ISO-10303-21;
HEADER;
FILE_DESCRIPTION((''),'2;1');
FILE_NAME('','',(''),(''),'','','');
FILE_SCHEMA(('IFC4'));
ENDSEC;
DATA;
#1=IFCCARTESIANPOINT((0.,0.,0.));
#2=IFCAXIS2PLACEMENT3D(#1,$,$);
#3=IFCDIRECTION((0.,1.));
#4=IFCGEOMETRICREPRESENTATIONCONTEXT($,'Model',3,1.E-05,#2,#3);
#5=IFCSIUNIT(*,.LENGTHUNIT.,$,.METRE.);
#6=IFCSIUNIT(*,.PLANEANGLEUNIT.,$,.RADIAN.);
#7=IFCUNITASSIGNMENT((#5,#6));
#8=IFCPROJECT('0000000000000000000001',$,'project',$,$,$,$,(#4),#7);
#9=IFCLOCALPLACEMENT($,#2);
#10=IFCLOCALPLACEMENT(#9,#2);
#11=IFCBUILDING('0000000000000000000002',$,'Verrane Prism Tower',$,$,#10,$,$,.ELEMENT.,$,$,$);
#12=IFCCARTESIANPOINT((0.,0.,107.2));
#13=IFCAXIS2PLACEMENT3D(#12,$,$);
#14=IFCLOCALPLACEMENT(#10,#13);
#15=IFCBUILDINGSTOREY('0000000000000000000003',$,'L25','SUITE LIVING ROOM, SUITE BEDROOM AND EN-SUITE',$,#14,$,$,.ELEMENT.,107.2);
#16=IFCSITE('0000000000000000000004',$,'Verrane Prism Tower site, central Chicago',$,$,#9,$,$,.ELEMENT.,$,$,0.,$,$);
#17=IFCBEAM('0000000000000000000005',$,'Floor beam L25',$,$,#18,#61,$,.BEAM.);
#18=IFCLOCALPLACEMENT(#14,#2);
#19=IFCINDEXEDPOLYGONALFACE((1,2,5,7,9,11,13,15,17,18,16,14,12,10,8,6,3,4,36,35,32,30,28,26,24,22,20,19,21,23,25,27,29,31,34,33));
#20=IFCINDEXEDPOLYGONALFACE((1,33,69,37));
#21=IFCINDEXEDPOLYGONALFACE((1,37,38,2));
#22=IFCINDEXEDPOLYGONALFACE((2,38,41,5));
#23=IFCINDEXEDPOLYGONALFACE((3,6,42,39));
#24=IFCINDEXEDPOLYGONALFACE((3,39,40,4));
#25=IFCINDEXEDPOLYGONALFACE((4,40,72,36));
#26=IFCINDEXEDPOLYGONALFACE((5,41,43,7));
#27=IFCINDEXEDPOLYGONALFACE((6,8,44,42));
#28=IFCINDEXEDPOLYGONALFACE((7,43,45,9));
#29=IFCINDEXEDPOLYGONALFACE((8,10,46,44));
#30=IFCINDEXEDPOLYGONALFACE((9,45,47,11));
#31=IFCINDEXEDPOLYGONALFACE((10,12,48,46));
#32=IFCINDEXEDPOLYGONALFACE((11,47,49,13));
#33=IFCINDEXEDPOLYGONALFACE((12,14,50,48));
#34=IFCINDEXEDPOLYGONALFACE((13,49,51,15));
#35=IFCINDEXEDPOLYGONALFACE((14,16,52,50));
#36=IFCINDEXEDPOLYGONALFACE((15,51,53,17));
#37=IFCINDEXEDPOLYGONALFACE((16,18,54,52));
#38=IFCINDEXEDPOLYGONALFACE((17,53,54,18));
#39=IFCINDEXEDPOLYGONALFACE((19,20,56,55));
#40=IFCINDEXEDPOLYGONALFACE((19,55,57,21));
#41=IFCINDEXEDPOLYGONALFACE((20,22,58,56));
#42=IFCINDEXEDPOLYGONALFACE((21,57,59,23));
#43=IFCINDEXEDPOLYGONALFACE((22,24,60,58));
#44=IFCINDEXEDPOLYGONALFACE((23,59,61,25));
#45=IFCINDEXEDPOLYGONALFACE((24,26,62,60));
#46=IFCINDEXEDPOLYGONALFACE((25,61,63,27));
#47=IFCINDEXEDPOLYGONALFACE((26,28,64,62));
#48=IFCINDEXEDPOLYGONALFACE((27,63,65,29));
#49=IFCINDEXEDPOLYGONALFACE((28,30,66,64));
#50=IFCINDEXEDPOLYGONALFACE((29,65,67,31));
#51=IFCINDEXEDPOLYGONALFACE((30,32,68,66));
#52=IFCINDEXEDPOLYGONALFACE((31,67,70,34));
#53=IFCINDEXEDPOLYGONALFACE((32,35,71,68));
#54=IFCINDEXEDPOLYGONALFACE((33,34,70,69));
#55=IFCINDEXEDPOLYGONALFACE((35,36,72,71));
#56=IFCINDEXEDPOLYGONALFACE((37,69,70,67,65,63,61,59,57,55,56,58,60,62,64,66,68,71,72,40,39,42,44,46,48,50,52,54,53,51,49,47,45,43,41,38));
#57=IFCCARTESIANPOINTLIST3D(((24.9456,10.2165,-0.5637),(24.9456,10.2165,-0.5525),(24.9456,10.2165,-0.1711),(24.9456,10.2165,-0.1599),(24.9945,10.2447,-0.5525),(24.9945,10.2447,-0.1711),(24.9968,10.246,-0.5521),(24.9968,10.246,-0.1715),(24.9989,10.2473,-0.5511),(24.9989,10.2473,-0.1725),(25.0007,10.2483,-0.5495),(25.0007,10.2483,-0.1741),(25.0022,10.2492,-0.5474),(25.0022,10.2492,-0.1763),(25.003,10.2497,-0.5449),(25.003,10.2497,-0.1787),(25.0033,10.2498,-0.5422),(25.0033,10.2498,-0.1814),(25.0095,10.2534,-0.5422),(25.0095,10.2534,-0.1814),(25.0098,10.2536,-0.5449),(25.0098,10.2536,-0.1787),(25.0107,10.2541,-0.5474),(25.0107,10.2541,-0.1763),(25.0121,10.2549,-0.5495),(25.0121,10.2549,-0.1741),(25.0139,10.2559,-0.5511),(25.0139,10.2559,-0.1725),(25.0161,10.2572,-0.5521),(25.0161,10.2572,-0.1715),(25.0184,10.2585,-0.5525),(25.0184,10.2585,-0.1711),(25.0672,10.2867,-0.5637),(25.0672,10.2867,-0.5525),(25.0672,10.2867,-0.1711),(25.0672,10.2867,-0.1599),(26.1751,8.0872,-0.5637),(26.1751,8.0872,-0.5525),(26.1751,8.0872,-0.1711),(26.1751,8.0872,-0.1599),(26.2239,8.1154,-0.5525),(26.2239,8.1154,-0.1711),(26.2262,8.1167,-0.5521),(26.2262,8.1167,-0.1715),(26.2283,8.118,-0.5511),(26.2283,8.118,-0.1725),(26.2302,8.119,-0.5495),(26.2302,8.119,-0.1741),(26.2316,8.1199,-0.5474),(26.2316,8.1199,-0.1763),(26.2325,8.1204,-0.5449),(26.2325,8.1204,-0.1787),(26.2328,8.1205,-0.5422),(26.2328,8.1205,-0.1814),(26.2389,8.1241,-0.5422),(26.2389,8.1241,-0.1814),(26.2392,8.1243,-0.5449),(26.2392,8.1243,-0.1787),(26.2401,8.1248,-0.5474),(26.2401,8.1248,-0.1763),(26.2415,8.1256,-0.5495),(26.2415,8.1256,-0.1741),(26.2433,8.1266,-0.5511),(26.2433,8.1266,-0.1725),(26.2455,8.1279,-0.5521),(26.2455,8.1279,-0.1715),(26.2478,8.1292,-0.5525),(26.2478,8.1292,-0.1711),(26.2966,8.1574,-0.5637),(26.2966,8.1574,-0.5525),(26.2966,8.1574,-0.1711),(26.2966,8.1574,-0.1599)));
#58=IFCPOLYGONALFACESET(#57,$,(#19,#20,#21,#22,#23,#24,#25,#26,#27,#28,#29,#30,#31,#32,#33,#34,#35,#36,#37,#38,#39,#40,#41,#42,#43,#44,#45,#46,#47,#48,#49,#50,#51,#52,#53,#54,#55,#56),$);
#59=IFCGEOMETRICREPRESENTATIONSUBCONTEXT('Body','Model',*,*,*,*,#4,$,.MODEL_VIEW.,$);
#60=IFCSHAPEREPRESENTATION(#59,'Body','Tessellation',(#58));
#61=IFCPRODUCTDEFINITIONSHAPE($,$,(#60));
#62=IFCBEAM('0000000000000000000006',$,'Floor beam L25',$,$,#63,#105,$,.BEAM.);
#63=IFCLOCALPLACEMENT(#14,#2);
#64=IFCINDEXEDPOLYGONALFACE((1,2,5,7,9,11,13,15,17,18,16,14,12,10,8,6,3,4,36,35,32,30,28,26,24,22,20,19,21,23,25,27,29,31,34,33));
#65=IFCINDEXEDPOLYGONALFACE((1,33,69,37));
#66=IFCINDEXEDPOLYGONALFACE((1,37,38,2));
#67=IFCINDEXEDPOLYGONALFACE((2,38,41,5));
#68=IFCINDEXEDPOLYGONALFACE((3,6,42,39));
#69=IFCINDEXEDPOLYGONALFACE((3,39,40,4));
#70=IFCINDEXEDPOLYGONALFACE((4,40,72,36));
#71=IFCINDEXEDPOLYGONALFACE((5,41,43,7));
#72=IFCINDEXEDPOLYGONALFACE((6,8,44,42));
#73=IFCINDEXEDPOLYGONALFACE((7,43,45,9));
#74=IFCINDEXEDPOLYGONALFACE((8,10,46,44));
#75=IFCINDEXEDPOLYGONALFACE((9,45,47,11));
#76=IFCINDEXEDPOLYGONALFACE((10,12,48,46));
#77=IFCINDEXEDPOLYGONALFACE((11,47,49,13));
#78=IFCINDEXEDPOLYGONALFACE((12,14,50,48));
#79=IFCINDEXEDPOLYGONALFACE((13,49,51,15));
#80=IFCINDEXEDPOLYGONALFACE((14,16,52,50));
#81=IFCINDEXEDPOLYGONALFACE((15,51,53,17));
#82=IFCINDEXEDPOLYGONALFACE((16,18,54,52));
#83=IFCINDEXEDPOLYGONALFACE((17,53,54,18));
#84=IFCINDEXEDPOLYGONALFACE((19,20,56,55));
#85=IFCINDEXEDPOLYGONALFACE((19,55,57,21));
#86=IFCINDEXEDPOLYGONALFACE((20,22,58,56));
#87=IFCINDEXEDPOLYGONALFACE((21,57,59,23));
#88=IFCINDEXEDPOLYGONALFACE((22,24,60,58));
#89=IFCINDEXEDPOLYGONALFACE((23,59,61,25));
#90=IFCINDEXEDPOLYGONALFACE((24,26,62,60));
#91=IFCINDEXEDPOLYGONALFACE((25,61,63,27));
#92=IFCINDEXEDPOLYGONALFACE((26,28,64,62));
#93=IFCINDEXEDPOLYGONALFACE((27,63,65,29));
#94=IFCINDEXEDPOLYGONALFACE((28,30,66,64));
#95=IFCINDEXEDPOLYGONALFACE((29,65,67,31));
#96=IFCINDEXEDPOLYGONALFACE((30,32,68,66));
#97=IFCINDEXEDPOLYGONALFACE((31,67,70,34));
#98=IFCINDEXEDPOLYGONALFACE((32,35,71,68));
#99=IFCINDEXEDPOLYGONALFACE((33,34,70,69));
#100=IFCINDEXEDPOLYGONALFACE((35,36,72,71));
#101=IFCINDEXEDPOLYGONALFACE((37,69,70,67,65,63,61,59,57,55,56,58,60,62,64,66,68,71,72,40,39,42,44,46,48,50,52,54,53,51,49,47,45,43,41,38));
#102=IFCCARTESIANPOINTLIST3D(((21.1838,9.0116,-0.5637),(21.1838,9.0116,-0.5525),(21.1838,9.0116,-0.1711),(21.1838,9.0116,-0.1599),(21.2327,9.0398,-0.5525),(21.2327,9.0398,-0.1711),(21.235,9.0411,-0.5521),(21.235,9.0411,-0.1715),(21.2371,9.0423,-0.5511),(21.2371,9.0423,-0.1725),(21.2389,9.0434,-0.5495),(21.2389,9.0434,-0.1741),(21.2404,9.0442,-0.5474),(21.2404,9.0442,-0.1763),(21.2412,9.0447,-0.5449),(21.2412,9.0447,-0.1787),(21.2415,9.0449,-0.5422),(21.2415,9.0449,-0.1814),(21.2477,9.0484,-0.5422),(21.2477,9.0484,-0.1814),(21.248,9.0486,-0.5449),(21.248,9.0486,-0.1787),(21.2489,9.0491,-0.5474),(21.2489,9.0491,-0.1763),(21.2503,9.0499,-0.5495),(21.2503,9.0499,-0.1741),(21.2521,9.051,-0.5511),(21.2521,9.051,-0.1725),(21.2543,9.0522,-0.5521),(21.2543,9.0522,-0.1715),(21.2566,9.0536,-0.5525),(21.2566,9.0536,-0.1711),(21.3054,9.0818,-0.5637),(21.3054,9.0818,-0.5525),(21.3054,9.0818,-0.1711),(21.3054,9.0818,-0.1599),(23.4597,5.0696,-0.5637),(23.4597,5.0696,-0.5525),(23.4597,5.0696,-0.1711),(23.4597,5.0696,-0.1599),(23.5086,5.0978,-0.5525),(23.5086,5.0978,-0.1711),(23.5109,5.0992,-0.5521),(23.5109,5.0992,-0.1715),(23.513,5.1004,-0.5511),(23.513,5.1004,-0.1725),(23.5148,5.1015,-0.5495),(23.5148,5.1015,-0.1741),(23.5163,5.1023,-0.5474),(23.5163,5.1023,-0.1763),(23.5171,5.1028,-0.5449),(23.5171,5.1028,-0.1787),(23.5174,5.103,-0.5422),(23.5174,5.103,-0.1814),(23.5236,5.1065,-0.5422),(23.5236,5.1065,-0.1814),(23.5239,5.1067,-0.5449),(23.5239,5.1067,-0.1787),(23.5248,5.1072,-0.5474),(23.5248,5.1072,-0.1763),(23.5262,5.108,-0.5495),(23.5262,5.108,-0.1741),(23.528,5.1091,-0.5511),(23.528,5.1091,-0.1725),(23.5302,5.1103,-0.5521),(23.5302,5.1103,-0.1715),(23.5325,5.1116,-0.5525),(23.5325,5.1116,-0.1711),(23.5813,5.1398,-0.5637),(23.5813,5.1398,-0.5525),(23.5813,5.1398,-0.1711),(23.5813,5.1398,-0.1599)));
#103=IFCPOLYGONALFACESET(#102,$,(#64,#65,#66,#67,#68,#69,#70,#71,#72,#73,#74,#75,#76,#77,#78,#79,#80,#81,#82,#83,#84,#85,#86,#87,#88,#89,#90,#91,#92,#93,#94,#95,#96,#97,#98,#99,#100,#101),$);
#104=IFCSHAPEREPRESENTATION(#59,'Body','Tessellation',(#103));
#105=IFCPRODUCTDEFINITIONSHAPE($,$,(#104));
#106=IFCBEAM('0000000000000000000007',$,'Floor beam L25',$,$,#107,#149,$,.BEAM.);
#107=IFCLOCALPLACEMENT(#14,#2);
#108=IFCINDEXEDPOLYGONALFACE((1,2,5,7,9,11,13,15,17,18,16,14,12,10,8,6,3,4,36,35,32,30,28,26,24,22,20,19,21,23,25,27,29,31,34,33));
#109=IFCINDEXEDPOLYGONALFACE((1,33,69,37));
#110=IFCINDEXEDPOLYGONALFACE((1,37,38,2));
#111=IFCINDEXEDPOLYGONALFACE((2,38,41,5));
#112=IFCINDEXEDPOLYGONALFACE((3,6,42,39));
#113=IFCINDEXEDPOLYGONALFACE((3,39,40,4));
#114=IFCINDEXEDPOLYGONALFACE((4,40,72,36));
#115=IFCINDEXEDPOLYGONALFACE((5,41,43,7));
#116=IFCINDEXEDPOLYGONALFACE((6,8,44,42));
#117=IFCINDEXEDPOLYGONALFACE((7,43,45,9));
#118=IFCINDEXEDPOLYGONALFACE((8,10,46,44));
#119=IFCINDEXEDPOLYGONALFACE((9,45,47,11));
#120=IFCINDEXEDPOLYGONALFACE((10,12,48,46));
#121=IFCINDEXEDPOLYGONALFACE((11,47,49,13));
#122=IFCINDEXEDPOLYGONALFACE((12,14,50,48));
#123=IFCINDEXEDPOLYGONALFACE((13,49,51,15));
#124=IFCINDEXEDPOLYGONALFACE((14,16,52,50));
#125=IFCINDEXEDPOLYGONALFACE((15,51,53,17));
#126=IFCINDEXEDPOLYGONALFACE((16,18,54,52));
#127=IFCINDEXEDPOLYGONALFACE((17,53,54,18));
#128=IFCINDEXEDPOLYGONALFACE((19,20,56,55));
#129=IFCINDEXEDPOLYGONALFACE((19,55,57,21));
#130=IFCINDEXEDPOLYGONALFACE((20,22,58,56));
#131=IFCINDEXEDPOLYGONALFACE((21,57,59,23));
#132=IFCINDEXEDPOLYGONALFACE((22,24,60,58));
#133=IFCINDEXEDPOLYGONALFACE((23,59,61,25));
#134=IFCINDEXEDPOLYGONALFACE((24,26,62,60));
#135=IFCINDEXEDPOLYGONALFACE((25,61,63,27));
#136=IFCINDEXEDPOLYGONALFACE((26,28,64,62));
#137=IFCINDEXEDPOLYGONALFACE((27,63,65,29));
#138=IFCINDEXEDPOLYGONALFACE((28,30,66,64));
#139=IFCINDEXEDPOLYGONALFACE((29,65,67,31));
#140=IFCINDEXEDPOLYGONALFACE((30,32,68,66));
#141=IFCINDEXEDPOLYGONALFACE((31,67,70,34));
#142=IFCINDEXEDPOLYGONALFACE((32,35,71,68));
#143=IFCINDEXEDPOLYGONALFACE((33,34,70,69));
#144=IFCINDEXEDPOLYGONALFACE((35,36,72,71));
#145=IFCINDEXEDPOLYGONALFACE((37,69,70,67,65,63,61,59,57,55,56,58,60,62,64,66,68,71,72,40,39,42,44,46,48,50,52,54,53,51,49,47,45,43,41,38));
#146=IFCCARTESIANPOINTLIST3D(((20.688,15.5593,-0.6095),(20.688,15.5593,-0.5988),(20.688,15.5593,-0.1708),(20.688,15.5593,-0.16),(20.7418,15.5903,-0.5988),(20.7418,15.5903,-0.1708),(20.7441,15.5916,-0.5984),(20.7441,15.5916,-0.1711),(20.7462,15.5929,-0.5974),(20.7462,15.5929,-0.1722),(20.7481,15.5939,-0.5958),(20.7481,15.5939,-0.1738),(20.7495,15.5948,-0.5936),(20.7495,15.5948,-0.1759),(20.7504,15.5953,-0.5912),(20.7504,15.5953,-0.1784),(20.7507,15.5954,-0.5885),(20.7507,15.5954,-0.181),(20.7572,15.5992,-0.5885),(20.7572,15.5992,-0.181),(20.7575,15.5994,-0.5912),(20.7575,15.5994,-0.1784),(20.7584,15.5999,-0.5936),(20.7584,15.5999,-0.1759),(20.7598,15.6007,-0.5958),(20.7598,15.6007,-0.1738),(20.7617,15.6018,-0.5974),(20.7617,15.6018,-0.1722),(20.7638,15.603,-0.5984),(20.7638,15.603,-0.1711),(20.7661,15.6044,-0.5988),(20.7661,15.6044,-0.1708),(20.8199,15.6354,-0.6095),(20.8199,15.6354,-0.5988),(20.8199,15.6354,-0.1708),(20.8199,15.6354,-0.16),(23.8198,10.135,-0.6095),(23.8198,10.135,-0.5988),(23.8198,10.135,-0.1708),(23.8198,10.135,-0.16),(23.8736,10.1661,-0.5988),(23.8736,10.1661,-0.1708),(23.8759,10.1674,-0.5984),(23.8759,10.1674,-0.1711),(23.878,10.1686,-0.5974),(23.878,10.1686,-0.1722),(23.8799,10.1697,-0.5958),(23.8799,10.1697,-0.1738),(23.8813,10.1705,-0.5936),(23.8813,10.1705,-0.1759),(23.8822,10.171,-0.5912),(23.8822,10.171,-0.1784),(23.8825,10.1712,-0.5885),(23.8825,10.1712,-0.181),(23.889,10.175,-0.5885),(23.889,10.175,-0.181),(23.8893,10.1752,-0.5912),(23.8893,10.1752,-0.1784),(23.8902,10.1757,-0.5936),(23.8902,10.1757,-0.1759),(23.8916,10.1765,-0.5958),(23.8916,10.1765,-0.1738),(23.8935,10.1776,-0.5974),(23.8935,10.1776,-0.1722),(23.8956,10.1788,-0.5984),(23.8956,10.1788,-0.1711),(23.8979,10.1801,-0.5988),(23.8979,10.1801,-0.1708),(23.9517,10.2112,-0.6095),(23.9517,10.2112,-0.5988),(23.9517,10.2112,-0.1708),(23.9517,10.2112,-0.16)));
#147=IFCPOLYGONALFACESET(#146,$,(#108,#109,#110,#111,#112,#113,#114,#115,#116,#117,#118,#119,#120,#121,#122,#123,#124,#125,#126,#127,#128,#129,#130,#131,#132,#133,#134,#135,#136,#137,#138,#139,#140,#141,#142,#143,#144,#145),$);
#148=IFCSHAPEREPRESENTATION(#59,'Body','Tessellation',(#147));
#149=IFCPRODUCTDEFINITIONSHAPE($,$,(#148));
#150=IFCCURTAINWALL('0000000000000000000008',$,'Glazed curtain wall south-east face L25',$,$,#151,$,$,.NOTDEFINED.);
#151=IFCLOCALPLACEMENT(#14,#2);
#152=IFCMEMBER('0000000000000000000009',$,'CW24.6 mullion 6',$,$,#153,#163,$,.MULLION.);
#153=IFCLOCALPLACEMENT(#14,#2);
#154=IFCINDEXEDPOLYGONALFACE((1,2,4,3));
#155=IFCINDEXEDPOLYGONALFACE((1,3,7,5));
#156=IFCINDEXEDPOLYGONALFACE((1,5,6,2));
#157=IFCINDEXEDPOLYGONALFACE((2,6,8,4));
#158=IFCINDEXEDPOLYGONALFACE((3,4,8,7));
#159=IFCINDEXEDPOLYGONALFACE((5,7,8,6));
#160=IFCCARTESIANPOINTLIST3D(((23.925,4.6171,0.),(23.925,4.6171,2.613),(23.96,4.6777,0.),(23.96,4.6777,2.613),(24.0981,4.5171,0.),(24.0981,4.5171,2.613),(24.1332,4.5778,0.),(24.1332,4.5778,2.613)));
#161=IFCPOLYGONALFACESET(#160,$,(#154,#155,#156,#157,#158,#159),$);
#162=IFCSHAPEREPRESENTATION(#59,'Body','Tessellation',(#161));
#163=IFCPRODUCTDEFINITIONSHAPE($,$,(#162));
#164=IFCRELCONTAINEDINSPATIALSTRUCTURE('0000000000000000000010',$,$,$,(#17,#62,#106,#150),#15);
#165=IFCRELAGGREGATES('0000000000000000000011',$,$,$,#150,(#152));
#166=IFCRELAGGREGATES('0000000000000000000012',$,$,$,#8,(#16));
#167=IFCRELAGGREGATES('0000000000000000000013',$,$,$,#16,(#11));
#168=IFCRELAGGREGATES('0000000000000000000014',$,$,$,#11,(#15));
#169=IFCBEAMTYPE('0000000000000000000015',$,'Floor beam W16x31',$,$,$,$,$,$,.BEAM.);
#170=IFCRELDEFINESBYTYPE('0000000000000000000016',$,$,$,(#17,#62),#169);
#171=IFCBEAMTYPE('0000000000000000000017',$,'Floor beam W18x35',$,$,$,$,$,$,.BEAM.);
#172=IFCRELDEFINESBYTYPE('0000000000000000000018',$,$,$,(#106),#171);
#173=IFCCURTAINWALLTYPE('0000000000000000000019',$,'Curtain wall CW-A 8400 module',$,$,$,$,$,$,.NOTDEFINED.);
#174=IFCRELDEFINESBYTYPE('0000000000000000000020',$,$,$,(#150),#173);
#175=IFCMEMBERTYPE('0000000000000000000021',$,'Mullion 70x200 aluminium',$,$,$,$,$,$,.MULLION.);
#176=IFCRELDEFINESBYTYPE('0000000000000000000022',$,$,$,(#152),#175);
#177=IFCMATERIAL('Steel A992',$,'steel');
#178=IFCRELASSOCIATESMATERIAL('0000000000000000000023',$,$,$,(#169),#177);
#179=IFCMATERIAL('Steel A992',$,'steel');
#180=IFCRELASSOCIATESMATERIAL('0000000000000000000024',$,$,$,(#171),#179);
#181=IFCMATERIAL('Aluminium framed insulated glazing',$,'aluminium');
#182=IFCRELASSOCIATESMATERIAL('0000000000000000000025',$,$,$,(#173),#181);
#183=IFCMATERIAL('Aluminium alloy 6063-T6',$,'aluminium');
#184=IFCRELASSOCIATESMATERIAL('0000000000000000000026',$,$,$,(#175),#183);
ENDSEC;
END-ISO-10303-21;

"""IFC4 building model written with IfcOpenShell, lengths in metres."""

from ifc_helpers import new_model, si_unit, direction, frame, origin, origin_2d, place, context, subcontext, project, spatial, rectangle, i_section, extrude, material, material_profile, profile_set, type_object, element, aggregate, save


model = new_model("IFC4")

# Units and contexts
model_context = context("Model", 3, precision=1e-05, world=origin(), true_north=direction((0.0, 1.0)))
body_context = subcontext(model_context, "Body", "Model", "MODEL_VIEW")
ifc_project = project(units=[si_unit("LENGTHUNIT", "METRE"), si_unit("PLANEANGLEUNIT", "RADIAN")], contexts=[model_context])

# Site, building, storey
site_placement = place(None, origin())
site = spatial("IfcSite", under=ifc_project, at=site_placement, Name="Verrane Prism Tower site, central Chicago", CompositionType="ELEMENT", RefElevation=0.0)
building_placement = place(site_placement, origin())
building = spatial("IfcBuilding", under=site, at=building_placement, Name="Verrane Prism Tower", CompositionType="ELEMENT")
storey_placement = place(building_placement, frame((0.0, 0.0, 107.2)))
storey = spatial("IfcBuildingStorey", under=building, at=storey_placement, Name="L25", Description="SUITE LIVING ROOM, SUITE BEDROOM AND EN-SUITE", CompositionType="ELEMENT", Elevation=107.2)

# Beams
ifc_material_1 = material(Name="Steel A992", Category="steel")
ifc_material_profile_1 = material_profile(ifc_material_1, i_section(OverallWidth=0.1404, OverallDepth=0.4038, WebThickness=0.0071, FlangeThickness=0.0112, FilletRadius=0.0103, at=origin_2d()), Name="W16x31")
ifc_profile_set_1 = profile_set([ifc_material_profile_1], Name="Steel A992")
beam_type_1 = type_object("IfcBeamType", Name="Floor beam W16x31", PredefinedType="BEAM", material=ifc_profile_set_1)
beam_1_placement = place(storey_placement, frame((26.2358, 8.1223, -0.3618), z_axis=(-0.500026, 0.86601, 0.0), x_axis=(-0.86601, -0.500026, 0.0)))
element("IfcBeam", 1, at=beam_1_placement, inside=storey, type_object=beam_type_1, Name="Floor beam L25", PredefinedType="BEAM", context=body_context, shape_type="SweptSolid", body=[
    extrude(i_section(OverallWidth=0.1404, OverallDepth=0.4038, WebThickness=0.0071, FlangeThickness=0.0112, FilletRadius=0.0103, at=origin_2d()), origin(), (0.0, 0.0, 1.0), 2.4587),
])
beam_2_placement = place(storey_placement, frame((23.5205, 5.1047, -0.3618), z_axis=(-0.500004, 0.866023, 0.0), x_axis=(-0.866023, -0.500004, 0.0)))
element("IfcBeam", 2, at=beam_2_placement, inside=storey, type_object=beam_type_1, Name="Floor beam L25", PredefinedType="BEAM", context=body_context, shape_type="SweptSolid", body=[
    extrude(i_section(OverallWidth=0.1404, OverallDepth=0.4038, WebThickness=0.0071, FlangeThickness=0.0112, FilletRadius=0.0103, at=origin_2d()), origin(), (0.0, 0.0, 1.0), 4.5518),
])
ifc_material_2 = material(Name="Steel A992", Category="steel")
ifc_material_profile_2 = material_profile(ifc_material_2, i_section(OverallWidth=0.1523, OverallDepth=0.4495, WebThickness=0.0076, FlangeThickness=0.0107, FilletRadius=0.0103, at=origin_2d()), Name="W18x35")
ifc_profile_set_2 = profile_set([ifc_material_profile_2], Name="Steel A992")
beam_type_2 = type_object("IfcBeamType", Name="Floor beam W18x35", PredefinedType="BEAM", material=ifc_profile_set_2)
beam_3_placement = place(storey_placement, frame((23.8857, 10.1731, -0.3848), z_axis=(-0.500013, 0.866018, 0.0), x_axis=(-0.866018, -0.500013, 0.0)))
element("IfcBeam", 3, at=beam_3_placement, inside=storey, type_object=beam_type_2, Name="Floor beam L25", PredefinedType="BEAM", context=body_context, shape_type="SweptSolid", body=[
    extrude(i_section(OverallWidth=0.1523, OverallDepth=0.4495, WebThickness=0.0076, FlangeThickness=0.0107, FilletRadius=0.0103, at=origin_2d()), origin(), (0.0, 0.0, 1.0), 6.2634),
])

# Curtain wall, member
ifc_material_3 = material(Name="Aluminium framed insulated glazing", Category="aluminium")
curtain_wall_type = type_object("IfcCurtainWallType", Name="Curtain wall CW-A 8400 module", PredefinedType="NOTDEFINED", material=ifc_material_3)
curtain_wall_placement = place(storey_placement, origin())
curtain_wall = element("IfcCurtainWall", 4, at=curtain_wall_placement, inside=storey, type_object=curtain_wall_type, Name="Glazed curtain wall south-east face L25", PredefinedType="NOTDEFINED")
ifc_material_4 = material(Name="Aluminium alloy 6063-T6", Category="aluminium")
ifc_material_profile_3 = material_profile(ifc_material_4, rectangle(XDim=0.2, YDim=0.0701, at=origin_2d()), Name="Mullion 70x200 aluminium")
ifc_profile_set_3 = profile_set([ifc_material_profile_3], Name="Aluminium alloy 6063-T6")
member_type_1 = type_object("IfcMemberType", Name="Mullion 70x200 aluminium", PredefinedType="MULLION", material=ifc_profile_set_3)
member_1_placement = place(storey_placement, frame((24.0291, 4.5974, 0.0), z_axis=(0.0, 0.0, 1.0), x_axis=(-0.866025, 0.5, 0.0)))
member_1 = element("IfcMember", 5, at=member_1_placement, type_object=member_type_1, Name="CW24.6 mullion 6", PredefinedType="MULLION", context=body_context, shape_type="SweptSolid", body=[
    extrude(rectangle(XDim=0.2, YDim=0.0701, at=origin_2d()), origin(), (0.0, 0.0, 1.0), 2.613),
])

aggregate(curtain_wall, [member_1])

save(model, "model.ifc")
